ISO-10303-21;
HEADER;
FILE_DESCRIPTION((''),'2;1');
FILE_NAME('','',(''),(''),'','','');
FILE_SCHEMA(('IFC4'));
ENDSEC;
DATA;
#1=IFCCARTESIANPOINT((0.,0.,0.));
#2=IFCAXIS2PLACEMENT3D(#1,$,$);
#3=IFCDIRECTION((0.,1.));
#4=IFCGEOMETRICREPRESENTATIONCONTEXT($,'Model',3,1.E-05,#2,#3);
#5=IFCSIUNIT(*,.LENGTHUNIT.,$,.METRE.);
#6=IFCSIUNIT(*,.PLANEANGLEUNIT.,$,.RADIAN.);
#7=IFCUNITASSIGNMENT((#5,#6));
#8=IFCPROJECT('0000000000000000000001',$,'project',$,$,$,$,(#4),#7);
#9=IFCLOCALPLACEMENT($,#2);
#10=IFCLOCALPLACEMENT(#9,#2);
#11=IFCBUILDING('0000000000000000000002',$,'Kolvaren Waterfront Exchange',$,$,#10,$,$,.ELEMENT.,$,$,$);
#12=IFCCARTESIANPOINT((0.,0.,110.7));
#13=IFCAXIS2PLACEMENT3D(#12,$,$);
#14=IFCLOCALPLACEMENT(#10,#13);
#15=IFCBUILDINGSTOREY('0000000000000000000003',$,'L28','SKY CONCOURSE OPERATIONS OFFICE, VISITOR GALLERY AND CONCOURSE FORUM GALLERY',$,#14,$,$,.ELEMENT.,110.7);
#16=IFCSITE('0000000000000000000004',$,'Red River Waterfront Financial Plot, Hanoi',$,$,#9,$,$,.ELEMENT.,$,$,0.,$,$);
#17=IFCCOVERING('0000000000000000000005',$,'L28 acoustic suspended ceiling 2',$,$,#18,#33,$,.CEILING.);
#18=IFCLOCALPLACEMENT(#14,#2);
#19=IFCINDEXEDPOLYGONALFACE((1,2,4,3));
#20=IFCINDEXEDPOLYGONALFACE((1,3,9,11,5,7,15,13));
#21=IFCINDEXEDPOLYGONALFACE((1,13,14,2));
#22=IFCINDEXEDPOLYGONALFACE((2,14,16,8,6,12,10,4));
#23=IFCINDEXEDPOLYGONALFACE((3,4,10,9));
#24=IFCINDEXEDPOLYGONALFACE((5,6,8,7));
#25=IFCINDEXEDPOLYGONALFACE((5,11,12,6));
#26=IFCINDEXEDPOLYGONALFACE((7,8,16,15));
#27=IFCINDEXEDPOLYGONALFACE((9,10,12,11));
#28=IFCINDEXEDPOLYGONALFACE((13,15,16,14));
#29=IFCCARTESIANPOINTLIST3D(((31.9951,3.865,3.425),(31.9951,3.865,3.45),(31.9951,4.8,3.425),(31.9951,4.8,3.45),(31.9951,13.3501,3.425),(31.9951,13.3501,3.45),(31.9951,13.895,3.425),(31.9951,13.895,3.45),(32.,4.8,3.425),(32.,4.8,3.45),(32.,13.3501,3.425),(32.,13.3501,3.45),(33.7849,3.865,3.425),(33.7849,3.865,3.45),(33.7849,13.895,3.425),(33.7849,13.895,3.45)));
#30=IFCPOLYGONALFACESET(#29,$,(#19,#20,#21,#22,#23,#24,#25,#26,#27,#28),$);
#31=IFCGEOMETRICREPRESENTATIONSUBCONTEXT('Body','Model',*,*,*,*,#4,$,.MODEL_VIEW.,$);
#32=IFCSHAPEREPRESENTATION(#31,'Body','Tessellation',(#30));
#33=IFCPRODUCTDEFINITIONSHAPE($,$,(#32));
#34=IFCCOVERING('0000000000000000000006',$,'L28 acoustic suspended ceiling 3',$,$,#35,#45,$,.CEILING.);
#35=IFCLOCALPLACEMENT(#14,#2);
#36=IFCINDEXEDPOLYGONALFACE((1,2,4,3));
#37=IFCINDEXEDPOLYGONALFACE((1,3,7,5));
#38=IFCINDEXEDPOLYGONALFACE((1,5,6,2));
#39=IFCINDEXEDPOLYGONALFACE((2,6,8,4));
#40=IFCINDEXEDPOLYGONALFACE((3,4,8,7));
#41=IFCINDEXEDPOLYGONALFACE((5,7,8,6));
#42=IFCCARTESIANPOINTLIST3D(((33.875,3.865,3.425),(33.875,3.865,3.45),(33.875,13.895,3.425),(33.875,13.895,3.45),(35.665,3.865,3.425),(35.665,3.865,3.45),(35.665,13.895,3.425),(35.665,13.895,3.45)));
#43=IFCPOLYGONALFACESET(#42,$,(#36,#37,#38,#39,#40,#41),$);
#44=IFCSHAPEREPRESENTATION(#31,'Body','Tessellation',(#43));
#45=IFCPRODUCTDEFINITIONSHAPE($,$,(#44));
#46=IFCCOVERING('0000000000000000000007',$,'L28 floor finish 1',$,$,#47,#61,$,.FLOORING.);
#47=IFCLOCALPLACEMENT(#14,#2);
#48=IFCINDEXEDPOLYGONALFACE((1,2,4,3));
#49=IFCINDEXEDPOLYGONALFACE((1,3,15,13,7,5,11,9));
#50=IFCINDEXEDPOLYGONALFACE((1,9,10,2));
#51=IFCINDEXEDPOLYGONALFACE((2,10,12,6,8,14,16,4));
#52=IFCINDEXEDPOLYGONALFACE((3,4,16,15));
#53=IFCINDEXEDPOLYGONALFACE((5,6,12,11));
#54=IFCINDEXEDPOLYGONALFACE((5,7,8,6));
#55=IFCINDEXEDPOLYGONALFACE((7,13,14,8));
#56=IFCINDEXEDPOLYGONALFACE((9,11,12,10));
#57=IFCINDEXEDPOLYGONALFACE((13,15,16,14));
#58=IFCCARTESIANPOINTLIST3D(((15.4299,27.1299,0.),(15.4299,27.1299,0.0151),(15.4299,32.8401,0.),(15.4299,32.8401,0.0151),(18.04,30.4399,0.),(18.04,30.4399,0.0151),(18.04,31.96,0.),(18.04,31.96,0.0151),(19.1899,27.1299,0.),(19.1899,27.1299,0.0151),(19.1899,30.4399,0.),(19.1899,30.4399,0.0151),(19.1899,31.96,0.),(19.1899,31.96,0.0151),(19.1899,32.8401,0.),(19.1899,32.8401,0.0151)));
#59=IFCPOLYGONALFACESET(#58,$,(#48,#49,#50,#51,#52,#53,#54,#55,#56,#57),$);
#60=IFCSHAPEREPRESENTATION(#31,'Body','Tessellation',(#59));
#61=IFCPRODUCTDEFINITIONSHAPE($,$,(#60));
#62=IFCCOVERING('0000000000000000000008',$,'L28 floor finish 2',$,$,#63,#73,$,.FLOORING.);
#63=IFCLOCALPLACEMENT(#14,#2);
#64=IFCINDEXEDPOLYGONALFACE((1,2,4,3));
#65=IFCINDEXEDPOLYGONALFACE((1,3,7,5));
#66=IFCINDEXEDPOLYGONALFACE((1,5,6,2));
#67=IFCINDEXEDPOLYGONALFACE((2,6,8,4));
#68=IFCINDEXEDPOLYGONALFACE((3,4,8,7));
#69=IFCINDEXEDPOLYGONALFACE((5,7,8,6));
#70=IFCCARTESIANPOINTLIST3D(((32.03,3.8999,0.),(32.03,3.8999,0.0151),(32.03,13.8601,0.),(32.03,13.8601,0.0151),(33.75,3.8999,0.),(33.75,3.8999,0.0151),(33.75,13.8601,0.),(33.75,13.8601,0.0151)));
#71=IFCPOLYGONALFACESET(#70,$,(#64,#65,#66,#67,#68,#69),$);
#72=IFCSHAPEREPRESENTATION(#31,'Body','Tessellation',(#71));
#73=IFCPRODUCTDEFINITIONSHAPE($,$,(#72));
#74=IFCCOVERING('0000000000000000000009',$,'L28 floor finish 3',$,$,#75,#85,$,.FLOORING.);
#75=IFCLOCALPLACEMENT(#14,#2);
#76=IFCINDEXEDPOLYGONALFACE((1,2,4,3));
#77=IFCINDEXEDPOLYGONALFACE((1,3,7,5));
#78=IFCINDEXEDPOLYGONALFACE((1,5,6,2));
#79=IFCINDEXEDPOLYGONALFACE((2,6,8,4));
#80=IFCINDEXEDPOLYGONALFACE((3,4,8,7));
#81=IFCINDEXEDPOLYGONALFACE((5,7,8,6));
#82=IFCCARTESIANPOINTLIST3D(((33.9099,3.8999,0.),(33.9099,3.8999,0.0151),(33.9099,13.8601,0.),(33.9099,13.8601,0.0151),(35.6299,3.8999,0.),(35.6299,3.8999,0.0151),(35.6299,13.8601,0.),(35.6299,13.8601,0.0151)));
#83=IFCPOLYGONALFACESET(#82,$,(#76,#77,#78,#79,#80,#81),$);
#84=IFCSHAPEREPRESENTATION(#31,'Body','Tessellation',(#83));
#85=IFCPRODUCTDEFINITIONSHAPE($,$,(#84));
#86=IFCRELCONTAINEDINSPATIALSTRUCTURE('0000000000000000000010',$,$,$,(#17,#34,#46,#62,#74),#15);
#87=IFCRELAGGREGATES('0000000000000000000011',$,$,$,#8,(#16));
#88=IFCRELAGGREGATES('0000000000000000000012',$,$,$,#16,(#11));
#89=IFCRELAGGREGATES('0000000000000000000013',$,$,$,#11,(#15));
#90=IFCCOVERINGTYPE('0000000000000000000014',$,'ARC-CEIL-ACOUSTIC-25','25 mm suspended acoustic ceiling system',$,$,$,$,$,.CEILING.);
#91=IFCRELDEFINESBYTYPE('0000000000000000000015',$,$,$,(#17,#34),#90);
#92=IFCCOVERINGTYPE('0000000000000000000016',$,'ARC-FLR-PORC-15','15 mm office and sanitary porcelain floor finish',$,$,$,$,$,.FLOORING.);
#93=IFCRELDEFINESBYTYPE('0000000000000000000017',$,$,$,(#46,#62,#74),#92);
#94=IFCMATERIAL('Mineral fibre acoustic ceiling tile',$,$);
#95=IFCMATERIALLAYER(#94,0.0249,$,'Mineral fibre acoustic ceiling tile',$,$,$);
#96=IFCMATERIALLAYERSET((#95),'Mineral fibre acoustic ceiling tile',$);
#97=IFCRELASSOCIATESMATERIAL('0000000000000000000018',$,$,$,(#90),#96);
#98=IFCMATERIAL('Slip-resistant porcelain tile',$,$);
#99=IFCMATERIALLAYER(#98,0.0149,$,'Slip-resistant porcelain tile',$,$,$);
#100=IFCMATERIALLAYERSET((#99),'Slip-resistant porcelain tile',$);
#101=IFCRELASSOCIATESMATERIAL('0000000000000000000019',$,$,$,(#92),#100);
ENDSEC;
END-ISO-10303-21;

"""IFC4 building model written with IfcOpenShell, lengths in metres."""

from ifc_helpers import new_model, si_unit, direction, frame, origin, place, context, subcontext, project, spatial, polyline, outline, extrude, material, layer, layer_set, type_object, element, save


model = new_model("IFC4")

# Units and contexts
model_context = context("Model", 3, precision=1e-05, world=origin(), true_north=direction((0.0, 1.0)))
body_context = subcontext(model_context, "Body", "Model", "MODEL_VIEW")
ifc_project = project(units=[si_unit("LENGTHUNIT", "METRE"), si_unit("PLANEANGLEUNIT", "RADIAN")], contexts=[model_context])

# Site, building, storey
site_placement = place(None, origin())
site = spatial("IfcSite", under=ifc_project, at=site_placement, Name="Red River Waterfront Financial Plot, Hanoi", CompositionType="ELEMENT", RefElevation=0.0)
building_placement = place(site_placement, origin())
building = spatial("IfcBuilding", under=site, at=building_placement, Name="Kolvaren Waterfront Exchange", CompositionType="ELEMENT")
storey_placement = place(building_placement, frame((0.0, 0.0, 110.7)))
storey = spatial("IfcBuildingStorey", under=building, at=storey_placement, Name="L28", Description="SKY CONCOURSE OPERATIONS OFFICE, VISITOR GALLERY AND CONCOURSE FORUM GALLERY", CompositionType="ELEMENT", Elevation=110.7)

# Coverings
ifc_material_1 = material(Name="Mineral fibre acoustic ceiling tile")
ifc_layer_1 = layer(ifc_material_1, 0.0249, Name="Mineral fibre acoustic ceiling tile")
ifc_layer_set_1 = layer_set([ifc_layer_1], Name="Mineral fibre acoustic ceiling tile")
covering_type_1 = type_object("IfcCoveringType", Name="ARC-CEIL-ACOUSTIC-25", Description="25 mm suspended acoustic ceiling system", PredefinedType="CEILING", material=ifc_layer_set_1)
covering_1_placement = place(storey_placement, frame((0.0, 0.0, 3.425)))
element("IfcCovering", 1, at=covering_1_placement, inside=storey, type_object=covering_type_1, Name="L28 acoustic suspended ceiling 2", PredefinedType="CEILING", context=body_context, shape_type="SweptSolid", body=[
    extrude(outline(polyline([(33.7849, 3.865), (33.7849, 13.895), (31.9951, 13.895), (31.9951, 13.3501), (32.0, 13.3501), (32.0, 4.8), (31.9951, 4.8), (31.9951, 3.865), (33.7849, 3.865)])), origin(), (0.0, 0.0, 1.0), 0.0249),
])
covering_2_placement = place(storey_placement, frame((0.0, 0.0, 3.425)))
element("IfcCovering", 2, at=covering_2_placement, inside=storey, type_object=covering_type_1, Name="L28 acoustic suspended ceiling 3", PredefinedType="CEILING", context=body_context, shape_type="SweptSolid", body=[
    extrude(outline(polyline([(35.665, 3.865), (35.665, 13.895), (33.875, 13.895), (33.875, 3.865), (35.665, 3.865)])), origin(), (0.0, 0.0, 1.0), 0.0249),
])
ifc_material_2 = material(Name="Slip-resistant porcelain tile")
ifc_layer_2 = layer(ifc_material_2, 0.0149, Name="Slip-resistant porcelain tile")
ifc_layer_set_2 = layer_set([ifc_layer_2], Name="Slip-resistant porcelain tile")
covering_type_2 = type_object("IfcCoveringType", Name="ARC-FLR-PORC-15", Description="15 mm office and sanitary porcelain floor finish", PredefinedType="FLOORING", material=ifc_layer_set_2)
covering_3_placement = place(storey_placement, origin())
element("IfcCovering", 3, at=covering_3_placement, inside=storey, type_object=covering_type_2, Name="L28 floor finish 1", PredefinedType="FLOORING", context=body_context, shape_type="SweptSolid", body=[
    extrude(outline(polyline([(15.4299, 32.8401), (15.4299, 27.1299), (19.1899, 27.1299), (19.1899, 30.4399), (18.04, 30.4399), (18.04, 31.96), (19.1899, 31.96), (19.1899, 32.8401), (15.4299, 32.8401)])), origin(), (0.0, 0.0, 1.0), 0.0151),
])
covering_4_placement = place(storey_placement, origin())
element("IfcCovering", 4, at=covering_4_placement, inside=storey, type_object=covering_type_2, Name="L28 floor finish 2", PredefinedType="FLOORING", context=body_context, shape_type="SweptSolid", body=[
    extrude(outline(polyline([(32.03, 13.8601), (32.03, 3.8999), (33.75, 3.8999), (33.75, 13.8601), (32.03, 13.8601)])), origin(), (0.0, 0.0, 1.0), 0.0151),
])
covering_5_placement = place(storey_placement, origin())
element("IfcCovering", 5, at=covering_5_placement, inside=storey, type_object=covering_type_2, Name="L28 floor finish 3", PredefinedType="FLOORING", context=body_context, shape_type="SweptSolid", body=[
    extrude(outline(polyline([(33.9099, 13.8601), (33.9099, 3.8999), (35.6299, 3.8999), (35.6299, 13.8601), (33.9099, 13.8601)])), origin(), (0.0, 0.0, 1.0), 0.0151),
])

save(model, "model.ifc")
